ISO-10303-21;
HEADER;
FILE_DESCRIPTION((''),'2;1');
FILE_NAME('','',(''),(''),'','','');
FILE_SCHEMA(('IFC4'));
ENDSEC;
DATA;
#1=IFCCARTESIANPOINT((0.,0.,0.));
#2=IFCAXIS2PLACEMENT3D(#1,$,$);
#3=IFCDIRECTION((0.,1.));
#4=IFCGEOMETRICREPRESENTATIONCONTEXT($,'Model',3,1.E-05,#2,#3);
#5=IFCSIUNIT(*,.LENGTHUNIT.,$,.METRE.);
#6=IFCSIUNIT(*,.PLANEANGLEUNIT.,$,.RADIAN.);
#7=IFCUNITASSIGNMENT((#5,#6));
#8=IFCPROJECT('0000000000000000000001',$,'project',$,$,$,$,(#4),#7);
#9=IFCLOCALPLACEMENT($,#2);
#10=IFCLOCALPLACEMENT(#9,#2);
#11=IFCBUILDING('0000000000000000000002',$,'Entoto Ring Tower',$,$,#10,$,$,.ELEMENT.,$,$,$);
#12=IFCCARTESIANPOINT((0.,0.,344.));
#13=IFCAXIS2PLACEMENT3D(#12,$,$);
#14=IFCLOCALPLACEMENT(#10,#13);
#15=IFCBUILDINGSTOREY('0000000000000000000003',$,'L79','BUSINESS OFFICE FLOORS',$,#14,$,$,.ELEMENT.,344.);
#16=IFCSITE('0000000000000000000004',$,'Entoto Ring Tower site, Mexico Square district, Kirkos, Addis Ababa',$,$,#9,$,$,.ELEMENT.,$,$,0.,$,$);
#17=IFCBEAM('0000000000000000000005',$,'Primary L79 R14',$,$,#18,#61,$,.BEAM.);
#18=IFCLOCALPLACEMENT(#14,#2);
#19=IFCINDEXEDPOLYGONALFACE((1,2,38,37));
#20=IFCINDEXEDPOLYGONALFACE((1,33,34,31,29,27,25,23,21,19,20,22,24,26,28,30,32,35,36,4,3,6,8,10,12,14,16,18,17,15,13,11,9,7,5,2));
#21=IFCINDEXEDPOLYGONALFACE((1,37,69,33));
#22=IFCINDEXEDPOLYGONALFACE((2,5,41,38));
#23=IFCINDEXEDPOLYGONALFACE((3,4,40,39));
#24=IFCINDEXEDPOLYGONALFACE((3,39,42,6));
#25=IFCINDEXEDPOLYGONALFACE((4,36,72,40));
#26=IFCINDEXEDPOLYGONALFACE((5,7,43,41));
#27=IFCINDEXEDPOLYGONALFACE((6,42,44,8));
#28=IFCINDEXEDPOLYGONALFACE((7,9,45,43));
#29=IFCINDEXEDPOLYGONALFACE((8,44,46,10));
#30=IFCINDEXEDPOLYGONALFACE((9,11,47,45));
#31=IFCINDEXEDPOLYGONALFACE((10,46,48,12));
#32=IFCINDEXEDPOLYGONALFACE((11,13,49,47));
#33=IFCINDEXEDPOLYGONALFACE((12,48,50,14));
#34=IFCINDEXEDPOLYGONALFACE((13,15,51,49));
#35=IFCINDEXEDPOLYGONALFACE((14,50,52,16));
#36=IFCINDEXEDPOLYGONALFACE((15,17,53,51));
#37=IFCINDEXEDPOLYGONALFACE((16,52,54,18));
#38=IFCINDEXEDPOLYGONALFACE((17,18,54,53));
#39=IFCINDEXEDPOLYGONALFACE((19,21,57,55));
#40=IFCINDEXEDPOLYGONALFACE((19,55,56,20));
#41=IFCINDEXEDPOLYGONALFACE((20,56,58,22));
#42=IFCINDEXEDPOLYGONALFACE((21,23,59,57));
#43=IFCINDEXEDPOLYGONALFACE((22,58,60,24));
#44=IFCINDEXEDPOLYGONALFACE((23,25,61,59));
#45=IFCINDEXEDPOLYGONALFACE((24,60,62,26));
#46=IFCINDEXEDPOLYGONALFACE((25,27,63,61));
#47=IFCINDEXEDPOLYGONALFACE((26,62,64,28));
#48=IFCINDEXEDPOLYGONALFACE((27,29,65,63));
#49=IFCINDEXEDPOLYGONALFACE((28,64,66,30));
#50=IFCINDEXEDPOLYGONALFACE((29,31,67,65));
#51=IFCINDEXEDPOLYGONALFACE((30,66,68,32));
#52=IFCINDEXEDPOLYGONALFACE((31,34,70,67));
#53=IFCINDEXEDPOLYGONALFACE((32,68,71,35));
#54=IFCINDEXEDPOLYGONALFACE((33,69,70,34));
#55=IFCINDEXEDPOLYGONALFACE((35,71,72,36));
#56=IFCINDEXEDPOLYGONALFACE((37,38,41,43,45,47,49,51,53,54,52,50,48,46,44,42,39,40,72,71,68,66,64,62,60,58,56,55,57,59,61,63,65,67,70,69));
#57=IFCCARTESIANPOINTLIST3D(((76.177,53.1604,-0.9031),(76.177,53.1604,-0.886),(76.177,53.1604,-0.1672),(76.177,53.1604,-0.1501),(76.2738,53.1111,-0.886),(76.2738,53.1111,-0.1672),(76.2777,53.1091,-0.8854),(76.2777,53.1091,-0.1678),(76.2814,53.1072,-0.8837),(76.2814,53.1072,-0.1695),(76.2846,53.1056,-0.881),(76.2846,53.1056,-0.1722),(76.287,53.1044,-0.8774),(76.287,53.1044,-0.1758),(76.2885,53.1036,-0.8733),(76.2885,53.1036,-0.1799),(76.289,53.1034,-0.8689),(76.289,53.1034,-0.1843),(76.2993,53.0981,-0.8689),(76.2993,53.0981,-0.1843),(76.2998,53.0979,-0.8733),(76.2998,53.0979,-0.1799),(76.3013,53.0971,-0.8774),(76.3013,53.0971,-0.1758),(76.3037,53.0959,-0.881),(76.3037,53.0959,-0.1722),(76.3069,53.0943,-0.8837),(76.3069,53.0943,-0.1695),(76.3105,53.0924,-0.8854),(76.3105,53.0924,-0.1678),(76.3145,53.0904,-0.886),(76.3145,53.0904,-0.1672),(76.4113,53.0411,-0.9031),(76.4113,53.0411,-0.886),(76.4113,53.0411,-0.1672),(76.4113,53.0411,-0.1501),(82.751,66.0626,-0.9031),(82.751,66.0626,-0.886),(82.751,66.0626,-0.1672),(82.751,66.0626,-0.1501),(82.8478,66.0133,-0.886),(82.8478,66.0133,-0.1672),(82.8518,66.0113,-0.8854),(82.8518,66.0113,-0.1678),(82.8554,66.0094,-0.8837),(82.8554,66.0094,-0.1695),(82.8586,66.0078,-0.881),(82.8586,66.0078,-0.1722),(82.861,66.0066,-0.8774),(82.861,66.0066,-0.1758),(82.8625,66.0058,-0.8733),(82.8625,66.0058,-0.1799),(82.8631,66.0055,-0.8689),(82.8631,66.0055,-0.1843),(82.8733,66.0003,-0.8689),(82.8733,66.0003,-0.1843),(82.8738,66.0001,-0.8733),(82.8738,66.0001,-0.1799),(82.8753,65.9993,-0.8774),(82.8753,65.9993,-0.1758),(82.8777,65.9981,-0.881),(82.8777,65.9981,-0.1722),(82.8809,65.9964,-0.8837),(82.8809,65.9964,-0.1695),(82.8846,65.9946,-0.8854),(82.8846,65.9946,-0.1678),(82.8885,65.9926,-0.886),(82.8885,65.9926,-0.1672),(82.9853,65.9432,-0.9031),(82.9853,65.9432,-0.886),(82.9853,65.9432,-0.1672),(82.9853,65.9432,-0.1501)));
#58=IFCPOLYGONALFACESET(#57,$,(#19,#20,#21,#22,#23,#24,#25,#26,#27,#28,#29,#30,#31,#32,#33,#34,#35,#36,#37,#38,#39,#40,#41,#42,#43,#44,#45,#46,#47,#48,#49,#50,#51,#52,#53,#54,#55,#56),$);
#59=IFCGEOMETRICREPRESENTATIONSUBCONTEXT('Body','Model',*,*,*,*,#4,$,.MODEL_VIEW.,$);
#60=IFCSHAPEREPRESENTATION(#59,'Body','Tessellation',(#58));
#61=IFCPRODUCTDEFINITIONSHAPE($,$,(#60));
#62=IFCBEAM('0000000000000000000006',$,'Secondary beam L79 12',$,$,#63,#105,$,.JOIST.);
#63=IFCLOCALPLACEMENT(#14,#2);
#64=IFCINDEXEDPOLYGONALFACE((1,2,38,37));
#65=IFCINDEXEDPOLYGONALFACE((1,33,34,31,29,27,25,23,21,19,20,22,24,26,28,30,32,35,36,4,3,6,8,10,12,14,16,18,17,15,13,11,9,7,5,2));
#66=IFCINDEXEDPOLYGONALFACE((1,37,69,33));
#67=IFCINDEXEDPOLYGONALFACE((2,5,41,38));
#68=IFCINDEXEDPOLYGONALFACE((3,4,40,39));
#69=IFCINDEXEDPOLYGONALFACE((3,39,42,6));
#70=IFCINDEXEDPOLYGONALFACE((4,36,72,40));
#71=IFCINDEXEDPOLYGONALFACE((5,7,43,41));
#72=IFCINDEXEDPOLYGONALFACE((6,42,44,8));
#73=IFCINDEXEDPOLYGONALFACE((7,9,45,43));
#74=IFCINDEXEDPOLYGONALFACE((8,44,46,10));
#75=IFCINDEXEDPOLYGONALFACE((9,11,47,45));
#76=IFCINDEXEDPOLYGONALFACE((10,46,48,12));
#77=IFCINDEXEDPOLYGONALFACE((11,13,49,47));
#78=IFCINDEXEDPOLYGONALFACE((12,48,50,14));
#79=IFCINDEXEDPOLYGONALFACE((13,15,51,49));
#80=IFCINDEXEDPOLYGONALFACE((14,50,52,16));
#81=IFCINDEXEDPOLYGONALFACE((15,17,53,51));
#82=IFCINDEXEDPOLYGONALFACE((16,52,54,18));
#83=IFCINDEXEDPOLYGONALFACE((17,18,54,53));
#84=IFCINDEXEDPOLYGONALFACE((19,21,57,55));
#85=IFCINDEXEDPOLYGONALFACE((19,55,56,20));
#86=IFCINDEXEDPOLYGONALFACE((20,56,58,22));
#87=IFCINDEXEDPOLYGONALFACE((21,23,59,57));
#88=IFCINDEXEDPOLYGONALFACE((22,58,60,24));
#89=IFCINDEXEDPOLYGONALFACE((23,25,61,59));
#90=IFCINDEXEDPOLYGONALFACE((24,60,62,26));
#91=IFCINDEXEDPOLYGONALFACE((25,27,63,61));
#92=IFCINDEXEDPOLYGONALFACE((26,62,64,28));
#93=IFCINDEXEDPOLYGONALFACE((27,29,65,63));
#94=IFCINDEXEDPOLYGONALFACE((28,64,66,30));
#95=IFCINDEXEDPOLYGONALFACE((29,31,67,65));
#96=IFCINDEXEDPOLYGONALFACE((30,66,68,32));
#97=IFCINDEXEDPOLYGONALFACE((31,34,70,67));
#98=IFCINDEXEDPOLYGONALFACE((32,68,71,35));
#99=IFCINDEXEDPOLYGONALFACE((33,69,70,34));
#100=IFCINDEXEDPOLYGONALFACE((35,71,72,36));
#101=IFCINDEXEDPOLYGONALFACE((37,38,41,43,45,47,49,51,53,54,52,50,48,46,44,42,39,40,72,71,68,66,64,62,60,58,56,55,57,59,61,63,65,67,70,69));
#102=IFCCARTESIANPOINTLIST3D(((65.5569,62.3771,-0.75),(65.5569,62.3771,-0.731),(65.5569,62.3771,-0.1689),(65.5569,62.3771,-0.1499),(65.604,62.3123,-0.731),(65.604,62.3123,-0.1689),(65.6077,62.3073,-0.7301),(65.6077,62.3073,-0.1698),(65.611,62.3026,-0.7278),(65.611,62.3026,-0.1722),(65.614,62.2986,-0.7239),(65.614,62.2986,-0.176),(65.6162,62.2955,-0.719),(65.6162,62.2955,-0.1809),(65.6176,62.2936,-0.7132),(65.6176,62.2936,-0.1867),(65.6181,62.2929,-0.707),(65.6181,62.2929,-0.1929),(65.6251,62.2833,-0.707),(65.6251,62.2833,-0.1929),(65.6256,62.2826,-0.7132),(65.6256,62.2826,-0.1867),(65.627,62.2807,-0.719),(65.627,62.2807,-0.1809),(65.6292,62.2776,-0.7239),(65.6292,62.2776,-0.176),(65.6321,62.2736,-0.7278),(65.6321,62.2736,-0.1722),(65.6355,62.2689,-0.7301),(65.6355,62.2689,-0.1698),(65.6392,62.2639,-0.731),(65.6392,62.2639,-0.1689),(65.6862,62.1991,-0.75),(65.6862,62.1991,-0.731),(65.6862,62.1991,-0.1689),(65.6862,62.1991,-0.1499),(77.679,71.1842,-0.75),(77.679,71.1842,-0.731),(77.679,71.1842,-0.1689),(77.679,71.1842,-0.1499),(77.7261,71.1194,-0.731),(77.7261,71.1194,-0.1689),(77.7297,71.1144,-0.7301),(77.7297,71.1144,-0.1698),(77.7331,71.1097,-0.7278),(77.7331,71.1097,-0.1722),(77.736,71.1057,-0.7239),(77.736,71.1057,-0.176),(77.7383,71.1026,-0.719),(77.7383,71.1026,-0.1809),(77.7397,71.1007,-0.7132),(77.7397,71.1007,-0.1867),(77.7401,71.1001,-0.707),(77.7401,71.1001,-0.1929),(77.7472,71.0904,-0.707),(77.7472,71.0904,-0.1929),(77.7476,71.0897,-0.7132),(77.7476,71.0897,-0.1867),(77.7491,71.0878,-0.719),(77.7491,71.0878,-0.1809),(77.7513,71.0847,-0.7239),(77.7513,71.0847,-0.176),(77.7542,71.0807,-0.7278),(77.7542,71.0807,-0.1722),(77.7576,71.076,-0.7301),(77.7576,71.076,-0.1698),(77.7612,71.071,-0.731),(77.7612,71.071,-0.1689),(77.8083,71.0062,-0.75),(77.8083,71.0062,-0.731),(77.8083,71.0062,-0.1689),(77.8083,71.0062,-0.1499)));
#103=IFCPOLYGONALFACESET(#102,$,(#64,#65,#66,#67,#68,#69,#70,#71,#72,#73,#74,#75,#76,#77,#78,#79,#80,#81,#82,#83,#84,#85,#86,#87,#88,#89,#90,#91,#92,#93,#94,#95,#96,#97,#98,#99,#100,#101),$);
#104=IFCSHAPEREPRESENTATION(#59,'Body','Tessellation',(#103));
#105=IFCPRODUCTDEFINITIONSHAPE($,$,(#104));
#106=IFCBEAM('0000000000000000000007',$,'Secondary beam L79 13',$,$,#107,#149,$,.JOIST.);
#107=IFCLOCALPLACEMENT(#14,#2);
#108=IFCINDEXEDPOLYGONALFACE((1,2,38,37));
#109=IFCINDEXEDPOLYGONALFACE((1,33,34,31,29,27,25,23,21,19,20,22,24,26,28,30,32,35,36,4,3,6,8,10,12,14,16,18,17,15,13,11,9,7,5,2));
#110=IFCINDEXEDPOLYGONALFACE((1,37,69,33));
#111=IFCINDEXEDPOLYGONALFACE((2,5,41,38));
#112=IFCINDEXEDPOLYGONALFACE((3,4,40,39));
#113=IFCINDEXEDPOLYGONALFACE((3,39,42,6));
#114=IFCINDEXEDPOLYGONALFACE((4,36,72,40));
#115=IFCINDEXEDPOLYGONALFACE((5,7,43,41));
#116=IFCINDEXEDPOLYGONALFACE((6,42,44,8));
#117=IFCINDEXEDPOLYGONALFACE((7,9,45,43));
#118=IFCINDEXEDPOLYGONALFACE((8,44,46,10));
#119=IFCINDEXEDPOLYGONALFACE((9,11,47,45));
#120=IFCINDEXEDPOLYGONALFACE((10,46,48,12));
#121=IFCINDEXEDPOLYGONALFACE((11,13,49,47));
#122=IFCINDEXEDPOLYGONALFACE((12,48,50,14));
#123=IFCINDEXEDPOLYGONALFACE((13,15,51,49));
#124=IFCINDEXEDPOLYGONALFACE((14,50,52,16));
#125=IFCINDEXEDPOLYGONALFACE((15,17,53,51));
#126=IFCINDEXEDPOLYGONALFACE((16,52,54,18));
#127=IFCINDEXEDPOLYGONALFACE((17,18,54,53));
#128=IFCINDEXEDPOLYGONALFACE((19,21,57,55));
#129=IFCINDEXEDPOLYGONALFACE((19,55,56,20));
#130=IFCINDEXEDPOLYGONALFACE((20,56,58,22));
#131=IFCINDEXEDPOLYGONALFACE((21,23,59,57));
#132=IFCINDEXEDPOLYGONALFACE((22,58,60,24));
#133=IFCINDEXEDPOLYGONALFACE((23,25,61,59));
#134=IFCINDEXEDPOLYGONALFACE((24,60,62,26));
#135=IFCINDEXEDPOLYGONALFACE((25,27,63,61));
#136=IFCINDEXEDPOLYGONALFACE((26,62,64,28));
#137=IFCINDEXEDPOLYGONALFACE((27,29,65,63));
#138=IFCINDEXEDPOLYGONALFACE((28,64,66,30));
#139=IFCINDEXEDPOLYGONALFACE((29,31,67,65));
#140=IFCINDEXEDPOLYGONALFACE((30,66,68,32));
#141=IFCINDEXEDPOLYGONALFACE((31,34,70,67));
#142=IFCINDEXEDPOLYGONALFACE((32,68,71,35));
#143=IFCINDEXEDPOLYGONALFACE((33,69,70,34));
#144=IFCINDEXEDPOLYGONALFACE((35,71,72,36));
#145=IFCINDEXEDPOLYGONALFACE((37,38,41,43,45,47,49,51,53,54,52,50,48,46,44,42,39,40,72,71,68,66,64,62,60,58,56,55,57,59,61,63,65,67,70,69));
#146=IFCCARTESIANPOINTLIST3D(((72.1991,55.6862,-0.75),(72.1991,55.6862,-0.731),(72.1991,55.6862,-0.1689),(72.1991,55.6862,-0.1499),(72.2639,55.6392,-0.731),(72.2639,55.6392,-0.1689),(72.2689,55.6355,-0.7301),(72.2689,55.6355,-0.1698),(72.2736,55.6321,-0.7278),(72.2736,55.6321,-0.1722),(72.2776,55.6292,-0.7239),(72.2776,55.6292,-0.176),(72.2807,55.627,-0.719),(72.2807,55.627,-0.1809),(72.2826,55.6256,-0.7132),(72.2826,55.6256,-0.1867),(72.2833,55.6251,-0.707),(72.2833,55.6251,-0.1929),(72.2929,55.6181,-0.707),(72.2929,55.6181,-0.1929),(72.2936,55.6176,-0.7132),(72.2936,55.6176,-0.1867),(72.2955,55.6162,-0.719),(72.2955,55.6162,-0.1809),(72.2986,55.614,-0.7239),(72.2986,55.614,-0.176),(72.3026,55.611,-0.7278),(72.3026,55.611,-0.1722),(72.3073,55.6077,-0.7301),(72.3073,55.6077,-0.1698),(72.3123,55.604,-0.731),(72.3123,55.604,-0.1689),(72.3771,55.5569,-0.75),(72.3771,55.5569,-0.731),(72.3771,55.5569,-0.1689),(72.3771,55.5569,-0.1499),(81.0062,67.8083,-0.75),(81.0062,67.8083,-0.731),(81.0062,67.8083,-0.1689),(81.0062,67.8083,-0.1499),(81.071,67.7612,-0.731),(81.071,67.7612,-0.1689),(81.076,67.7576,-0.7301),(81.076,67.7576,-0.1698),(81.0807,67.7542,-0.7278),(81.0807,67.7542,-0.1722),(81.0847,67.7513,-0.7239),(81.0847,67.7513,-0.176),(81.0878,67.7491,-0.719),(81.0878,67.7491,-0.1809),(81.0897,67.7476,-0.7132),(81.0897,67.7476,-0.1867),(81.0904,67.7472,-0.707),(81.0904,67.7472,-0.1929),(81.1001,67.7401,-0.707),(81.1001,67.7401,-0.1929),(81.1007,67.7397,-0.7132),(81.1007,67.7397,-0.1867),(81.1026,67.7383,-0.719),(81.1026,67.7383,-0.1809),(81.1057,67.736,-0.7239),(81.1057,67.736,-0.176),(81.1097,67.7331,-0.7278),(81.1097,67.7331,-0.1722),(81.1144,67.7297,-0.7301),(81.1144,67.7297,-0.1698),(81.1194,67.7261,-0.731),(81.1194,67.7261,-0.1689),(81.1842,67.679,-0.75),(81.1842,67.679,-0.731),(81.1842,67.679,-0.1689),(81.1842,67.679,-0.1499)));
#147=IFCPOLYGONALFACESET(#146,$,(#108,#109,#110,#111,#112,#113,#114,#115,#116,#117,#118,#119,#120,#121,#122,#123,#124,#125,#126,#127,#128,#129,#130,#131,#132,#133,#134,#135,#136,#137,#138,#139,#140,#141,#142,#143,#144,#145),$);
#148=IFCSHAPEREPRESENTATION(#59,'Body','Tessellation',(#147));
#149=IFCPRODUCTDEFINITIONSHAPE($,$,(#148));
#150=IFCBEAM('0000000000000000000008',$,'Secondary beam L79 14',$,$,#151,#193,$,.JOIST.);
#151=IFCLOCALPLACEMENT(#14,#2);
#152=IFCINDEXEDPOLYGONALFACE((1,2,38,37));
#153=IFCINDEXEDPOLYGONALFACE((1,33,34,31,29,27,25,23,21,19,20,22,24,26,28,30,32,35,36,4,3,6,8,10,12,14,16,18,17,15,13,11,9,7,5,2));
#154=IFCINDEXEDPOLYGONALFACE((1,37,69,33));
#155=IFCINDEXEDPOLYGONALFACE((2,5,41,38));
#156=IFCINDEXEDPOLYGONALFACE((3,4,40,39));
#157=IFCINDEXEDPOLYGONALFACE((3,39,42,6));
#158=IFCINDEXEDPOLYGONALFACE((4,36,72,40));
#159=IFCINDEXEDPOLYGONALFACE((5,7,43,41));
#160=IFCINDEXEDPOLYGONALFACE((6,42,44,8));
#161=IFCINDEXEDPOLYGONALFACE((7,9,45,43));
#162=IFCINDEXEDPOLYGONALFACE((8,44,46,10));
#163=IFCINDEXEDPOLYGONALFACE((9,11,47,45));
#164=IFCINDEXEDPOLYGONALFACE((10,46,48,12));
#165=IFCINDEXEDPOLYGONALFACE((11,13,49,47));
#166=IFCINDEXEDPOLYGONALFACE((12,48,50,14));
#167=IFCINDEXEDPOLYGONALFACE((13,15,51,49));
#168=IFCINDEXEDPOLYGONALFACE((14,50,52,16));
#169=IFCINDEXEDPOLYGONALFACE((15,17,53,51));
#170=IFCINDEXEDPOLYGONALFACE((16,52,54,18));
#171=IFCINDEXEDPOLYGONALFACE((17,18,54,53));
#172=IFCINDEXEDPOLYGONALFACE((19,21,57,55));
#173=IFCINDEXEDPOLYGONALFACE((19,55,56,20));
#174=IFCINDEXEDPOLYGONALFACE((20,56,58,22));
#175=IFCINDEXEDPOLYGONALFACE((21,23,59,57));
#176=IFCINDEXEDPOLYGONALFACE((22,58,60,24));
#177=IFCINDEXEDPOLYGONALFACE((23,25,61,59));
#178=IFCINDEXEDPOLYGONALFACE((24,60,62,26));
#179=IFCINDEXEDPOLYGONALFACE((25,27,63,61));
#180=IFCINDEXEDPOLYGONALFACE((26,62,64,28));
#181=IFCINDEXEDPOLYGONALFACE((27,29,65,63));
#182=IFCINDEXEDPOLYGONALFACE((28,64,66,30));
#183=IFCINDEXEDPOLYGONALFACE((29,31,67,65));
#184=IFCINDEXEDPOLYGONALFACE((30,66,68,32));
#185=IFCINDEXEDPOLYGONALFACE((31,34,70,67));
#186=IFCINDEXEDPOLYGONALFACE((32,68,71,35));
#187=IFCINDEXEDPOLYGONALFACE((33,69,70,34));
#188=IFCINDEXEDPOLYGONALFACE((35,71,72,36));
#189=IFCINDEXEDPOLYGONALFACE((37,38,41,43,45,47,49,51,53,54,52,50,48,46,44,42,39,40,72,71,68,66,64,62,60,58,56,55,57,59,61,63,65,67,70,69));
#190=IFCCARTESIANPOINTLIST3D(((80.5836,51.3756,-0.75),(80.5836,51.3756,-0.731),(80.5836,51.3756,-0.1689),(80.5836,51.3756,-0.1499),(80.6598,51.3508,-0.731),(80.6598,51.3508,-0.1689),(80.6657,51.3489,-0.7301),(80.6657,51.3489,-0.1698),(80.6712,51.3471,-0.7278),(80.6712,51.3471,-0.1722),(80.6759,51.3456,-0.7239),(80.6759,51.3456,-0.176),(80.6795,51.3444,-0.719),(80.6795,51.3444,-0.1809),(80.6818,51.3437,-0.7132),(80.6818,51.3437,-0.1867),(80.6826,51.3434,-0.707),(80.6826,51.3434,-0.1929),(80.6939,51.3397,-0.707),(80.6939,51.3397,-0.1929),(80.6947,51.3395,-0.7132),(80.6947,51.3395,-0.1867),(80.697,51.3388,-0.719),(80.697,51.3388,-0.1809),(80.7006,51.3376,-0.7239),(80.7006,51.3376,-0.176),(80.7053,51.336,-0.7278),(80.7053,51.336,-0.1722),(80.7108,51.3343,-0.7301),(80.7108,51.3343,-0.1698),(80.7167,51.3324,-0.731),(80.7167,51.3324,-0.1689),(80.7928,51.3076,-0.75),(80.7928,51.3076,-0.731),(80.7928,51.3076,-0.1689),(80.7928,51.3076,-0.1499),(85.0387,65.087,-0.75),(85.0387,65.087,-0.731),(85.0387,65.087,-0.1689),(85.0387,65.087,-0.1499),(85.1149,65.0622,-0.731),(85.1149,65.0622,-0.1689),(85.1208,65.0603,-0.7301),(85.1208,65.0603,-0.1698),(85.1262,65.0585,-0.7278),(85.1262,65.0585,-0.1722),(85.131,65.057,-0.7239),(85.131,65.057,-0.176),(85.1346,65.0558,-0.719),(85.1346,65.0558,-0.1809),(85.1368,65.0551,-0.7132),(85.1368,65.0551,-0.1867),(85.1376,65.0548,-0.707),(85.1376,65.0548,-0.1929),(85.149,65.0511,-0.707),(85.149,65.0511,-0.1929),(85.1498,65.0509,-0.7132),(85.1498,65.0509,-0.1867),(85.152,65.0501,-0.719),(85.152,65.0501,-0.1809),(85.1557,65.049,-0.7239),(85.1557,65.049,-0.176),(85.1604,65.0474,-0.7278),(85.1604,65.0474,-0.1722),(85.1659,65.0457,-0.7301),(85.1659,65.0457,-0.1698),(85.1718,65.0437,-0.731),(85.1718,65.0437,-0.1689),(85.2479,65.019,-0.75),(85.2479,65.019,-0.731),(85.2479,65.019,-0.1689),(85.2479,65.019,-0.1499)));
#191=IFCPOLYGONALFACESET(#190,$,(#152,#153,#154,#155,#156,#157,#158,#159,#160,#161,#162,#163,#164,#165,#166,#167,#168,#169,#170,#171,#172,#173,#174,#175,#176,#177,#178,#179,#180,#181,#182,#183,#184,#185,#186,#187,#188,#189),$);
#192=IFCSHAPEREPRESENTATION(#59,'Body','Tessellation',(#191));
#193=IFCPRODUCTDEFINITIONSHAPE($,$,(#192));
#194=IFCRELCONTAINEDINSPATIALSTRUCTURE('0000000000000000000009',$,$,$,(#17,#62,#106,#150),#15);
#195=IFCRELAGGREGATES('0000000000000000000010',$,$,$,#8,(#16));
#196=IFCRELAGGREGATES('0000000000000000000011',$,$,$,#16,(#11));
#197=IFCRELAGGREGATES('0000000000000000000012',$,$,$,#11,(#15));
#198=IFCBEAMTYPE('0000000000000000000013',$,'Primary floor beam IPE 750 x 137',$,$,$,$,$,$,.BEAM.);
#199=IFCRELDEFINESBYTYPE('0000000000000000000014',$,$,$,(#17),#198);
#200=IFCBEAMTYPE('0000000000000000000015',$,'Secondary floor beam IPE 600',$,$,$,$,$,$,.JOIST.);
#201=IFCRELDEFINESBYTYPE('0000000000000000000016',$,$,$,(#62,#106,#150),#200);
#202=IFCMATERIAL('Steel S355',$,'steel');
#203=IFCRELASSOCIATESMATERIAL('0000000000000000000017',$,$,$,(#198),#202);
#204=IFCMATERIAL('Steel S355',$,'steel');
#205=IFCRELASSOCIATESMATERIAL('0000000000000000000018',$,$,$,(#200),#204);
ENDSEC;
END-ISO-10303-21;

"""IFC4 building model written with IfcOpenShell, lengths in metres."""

from ifc_helpers import new_model, si_unit, direction, frame, origin, origin_2d, place, context, subcontext, project, spatial, i_section, extrude, material, material_profile, profile_set, type_object, element, save


model = new_model("IFC4")

# Units and contexts
model_context = context("Model", 3, precision=1e-05, world=origin(), true_north=direction((0.0, 1.0)))
body_context = subcontext(model_context, "Body", "Model", "MODEL_VIEW")
ifc_project = project(units=[si_unit("LENGTHUNIT", "METRE"), si_unit("PLANEANGLEUNIT", "RADIAN")], contexts=[model_context])

# Site, building, storey
site_placement = place(None, origin())
site = spatial("IfcSite", under=ifc_project, at=site_placement, Name="Entoto Ring Tower site, Mexico Square district, Kirkos, Addis Ababa", CompositionType="ELEMENT", RefElevation=0.0)
building_placement = place(site_placement, origin())
building = spatial("IfcBuilding", under=site, at=building_placement, Name="Entoto Ring Tower", CompositionType="ELEMENT")
storey_placement = place(building_placement, frame((0.0, 0.0, 344.0)))
storey = spatial("IfcBuildingStorey", under=building, at=storey_placement, Name="L79", Description="BUSINESS OFFICE FLOORS", CompositionType="ELEMENT", Elevation=344.0)

# Beams
ifc_material_1 = material(Name="Steel S355", Category="steel")
ifc_material_profile_1 = material_profile(ifc_material_1, i_section(OverallWidth=0.2629, OverallDepth=0.7529, WebThickness=0.0115, FlangeThickness=0.0171, FilletRadius=0.0171, at=origin_2d()), Name="IPE 750 x 137")
ifc_profile_set_1 = profile_set([ifc_material_profile_1], Name="Steel S355")
beam_type_1 = type_object("IfcBeamType", Name="Primary floor beam IPE 750 x 137", PredefinedType="BEAM", material=ifc_profile_set_1)
beam_1_placement = place(storey_placement, frame((82.8682, 66.0029, -0.5266), z_axis=(-0.453992, -0.891006, 0.0), x_axis=(0.891006, -0.453992, 0.0)))
element("IfcBeam", 1, at=beam_1_placement, inside=storey, type_object=beam_type_1, Name="Primary L79 R14", PredefinedType="BEAM", context=body_context, shape_type="SweptSolid", body=[
    extrude(i_section(OverallWidth=0.2629, OverallDepth=0.7529, WebThickness=0.0115, FlangeThickness=0.0171, FilletRadius=0.0171, at=origin_2d()), origin(), (0.0, 0.0, 1.0), 14.4805),
])
ifc_material_2 = material(Name="Steel S355", Category="steel")
ifc_material_profile_2 = material_profile(ifc_material_2, i_section(OverallWidth=0.22, OverallDepth=0.6001, WebThickness=0.012, FlangeThickness=0.019, FilletRadius=0.0239, at=origin_2d()), Name="IPE 600")
ifc_profile_set_2 = profile_set([ifc_material_profile_2], Name="Steel S355")
beam_type_2 = type_object("IfcBeamType", Name="Secondary floor beam IPE 600", PredefinedType="JOIST", material=ifc_profile_set_2)
for number, where, z_axis, x_axis, name in (
    (2, (77.7437, 71.0952, -0.45), (-0.809019, -0.587782, 0.0), (0.587782, -0.809019, 0.0), "Secondary beam L79 12"),
    (3, (81.0952, 67.7437, -0.45), (-0.587782, -0.809019, 0.0), (0.809019, -0.587782, 0.0), "Secondary beam L79 13"),
):
    element("IfcBeam", number, at=place(storey_placement, frame(where, z_axis=z_axis, x_axis=x_axis)), inside=storey, type_object=beam_type_2, Name=name, PredefinedType="JOIST", context=body_context, shape_type="SweptSolid", body=[
        extrude(i_section(OverallWidth=0.22, OverallDepth=0.6001, WebThickness=0.012, FlangeThickness=0.019, FilletRadius=0.0239, at=origin_2d()), origin(), (0.0, 0.0, 1.0), 14.9836),
    ])
beam_2_placement = place(storey_placement, frame((85.1433, 65.053, -0.45), z_axis=(-0.309015, -0.951057, 0.0), x_axis=(0.951057, -0.309015, 0.0)))
element("IfcBeam", 4, at=beam_2_placement, inside=storey, type_object=beam_type_2, Name="Secondary beam L79 14", PredefinedType="JOIST", context=body_context, shape_type="SweptSolid", body=[
    extrude(i_section(OverallWidth=0.22, OverallDepth=0.6001, WebThickness=0.012, FlangeThickness=0.019, FilletRadius=0.0239, at=origin_2d()), origin(), (0.0, 0.0, 1.0), 14.417),
])

save(model, "model.ifc")
